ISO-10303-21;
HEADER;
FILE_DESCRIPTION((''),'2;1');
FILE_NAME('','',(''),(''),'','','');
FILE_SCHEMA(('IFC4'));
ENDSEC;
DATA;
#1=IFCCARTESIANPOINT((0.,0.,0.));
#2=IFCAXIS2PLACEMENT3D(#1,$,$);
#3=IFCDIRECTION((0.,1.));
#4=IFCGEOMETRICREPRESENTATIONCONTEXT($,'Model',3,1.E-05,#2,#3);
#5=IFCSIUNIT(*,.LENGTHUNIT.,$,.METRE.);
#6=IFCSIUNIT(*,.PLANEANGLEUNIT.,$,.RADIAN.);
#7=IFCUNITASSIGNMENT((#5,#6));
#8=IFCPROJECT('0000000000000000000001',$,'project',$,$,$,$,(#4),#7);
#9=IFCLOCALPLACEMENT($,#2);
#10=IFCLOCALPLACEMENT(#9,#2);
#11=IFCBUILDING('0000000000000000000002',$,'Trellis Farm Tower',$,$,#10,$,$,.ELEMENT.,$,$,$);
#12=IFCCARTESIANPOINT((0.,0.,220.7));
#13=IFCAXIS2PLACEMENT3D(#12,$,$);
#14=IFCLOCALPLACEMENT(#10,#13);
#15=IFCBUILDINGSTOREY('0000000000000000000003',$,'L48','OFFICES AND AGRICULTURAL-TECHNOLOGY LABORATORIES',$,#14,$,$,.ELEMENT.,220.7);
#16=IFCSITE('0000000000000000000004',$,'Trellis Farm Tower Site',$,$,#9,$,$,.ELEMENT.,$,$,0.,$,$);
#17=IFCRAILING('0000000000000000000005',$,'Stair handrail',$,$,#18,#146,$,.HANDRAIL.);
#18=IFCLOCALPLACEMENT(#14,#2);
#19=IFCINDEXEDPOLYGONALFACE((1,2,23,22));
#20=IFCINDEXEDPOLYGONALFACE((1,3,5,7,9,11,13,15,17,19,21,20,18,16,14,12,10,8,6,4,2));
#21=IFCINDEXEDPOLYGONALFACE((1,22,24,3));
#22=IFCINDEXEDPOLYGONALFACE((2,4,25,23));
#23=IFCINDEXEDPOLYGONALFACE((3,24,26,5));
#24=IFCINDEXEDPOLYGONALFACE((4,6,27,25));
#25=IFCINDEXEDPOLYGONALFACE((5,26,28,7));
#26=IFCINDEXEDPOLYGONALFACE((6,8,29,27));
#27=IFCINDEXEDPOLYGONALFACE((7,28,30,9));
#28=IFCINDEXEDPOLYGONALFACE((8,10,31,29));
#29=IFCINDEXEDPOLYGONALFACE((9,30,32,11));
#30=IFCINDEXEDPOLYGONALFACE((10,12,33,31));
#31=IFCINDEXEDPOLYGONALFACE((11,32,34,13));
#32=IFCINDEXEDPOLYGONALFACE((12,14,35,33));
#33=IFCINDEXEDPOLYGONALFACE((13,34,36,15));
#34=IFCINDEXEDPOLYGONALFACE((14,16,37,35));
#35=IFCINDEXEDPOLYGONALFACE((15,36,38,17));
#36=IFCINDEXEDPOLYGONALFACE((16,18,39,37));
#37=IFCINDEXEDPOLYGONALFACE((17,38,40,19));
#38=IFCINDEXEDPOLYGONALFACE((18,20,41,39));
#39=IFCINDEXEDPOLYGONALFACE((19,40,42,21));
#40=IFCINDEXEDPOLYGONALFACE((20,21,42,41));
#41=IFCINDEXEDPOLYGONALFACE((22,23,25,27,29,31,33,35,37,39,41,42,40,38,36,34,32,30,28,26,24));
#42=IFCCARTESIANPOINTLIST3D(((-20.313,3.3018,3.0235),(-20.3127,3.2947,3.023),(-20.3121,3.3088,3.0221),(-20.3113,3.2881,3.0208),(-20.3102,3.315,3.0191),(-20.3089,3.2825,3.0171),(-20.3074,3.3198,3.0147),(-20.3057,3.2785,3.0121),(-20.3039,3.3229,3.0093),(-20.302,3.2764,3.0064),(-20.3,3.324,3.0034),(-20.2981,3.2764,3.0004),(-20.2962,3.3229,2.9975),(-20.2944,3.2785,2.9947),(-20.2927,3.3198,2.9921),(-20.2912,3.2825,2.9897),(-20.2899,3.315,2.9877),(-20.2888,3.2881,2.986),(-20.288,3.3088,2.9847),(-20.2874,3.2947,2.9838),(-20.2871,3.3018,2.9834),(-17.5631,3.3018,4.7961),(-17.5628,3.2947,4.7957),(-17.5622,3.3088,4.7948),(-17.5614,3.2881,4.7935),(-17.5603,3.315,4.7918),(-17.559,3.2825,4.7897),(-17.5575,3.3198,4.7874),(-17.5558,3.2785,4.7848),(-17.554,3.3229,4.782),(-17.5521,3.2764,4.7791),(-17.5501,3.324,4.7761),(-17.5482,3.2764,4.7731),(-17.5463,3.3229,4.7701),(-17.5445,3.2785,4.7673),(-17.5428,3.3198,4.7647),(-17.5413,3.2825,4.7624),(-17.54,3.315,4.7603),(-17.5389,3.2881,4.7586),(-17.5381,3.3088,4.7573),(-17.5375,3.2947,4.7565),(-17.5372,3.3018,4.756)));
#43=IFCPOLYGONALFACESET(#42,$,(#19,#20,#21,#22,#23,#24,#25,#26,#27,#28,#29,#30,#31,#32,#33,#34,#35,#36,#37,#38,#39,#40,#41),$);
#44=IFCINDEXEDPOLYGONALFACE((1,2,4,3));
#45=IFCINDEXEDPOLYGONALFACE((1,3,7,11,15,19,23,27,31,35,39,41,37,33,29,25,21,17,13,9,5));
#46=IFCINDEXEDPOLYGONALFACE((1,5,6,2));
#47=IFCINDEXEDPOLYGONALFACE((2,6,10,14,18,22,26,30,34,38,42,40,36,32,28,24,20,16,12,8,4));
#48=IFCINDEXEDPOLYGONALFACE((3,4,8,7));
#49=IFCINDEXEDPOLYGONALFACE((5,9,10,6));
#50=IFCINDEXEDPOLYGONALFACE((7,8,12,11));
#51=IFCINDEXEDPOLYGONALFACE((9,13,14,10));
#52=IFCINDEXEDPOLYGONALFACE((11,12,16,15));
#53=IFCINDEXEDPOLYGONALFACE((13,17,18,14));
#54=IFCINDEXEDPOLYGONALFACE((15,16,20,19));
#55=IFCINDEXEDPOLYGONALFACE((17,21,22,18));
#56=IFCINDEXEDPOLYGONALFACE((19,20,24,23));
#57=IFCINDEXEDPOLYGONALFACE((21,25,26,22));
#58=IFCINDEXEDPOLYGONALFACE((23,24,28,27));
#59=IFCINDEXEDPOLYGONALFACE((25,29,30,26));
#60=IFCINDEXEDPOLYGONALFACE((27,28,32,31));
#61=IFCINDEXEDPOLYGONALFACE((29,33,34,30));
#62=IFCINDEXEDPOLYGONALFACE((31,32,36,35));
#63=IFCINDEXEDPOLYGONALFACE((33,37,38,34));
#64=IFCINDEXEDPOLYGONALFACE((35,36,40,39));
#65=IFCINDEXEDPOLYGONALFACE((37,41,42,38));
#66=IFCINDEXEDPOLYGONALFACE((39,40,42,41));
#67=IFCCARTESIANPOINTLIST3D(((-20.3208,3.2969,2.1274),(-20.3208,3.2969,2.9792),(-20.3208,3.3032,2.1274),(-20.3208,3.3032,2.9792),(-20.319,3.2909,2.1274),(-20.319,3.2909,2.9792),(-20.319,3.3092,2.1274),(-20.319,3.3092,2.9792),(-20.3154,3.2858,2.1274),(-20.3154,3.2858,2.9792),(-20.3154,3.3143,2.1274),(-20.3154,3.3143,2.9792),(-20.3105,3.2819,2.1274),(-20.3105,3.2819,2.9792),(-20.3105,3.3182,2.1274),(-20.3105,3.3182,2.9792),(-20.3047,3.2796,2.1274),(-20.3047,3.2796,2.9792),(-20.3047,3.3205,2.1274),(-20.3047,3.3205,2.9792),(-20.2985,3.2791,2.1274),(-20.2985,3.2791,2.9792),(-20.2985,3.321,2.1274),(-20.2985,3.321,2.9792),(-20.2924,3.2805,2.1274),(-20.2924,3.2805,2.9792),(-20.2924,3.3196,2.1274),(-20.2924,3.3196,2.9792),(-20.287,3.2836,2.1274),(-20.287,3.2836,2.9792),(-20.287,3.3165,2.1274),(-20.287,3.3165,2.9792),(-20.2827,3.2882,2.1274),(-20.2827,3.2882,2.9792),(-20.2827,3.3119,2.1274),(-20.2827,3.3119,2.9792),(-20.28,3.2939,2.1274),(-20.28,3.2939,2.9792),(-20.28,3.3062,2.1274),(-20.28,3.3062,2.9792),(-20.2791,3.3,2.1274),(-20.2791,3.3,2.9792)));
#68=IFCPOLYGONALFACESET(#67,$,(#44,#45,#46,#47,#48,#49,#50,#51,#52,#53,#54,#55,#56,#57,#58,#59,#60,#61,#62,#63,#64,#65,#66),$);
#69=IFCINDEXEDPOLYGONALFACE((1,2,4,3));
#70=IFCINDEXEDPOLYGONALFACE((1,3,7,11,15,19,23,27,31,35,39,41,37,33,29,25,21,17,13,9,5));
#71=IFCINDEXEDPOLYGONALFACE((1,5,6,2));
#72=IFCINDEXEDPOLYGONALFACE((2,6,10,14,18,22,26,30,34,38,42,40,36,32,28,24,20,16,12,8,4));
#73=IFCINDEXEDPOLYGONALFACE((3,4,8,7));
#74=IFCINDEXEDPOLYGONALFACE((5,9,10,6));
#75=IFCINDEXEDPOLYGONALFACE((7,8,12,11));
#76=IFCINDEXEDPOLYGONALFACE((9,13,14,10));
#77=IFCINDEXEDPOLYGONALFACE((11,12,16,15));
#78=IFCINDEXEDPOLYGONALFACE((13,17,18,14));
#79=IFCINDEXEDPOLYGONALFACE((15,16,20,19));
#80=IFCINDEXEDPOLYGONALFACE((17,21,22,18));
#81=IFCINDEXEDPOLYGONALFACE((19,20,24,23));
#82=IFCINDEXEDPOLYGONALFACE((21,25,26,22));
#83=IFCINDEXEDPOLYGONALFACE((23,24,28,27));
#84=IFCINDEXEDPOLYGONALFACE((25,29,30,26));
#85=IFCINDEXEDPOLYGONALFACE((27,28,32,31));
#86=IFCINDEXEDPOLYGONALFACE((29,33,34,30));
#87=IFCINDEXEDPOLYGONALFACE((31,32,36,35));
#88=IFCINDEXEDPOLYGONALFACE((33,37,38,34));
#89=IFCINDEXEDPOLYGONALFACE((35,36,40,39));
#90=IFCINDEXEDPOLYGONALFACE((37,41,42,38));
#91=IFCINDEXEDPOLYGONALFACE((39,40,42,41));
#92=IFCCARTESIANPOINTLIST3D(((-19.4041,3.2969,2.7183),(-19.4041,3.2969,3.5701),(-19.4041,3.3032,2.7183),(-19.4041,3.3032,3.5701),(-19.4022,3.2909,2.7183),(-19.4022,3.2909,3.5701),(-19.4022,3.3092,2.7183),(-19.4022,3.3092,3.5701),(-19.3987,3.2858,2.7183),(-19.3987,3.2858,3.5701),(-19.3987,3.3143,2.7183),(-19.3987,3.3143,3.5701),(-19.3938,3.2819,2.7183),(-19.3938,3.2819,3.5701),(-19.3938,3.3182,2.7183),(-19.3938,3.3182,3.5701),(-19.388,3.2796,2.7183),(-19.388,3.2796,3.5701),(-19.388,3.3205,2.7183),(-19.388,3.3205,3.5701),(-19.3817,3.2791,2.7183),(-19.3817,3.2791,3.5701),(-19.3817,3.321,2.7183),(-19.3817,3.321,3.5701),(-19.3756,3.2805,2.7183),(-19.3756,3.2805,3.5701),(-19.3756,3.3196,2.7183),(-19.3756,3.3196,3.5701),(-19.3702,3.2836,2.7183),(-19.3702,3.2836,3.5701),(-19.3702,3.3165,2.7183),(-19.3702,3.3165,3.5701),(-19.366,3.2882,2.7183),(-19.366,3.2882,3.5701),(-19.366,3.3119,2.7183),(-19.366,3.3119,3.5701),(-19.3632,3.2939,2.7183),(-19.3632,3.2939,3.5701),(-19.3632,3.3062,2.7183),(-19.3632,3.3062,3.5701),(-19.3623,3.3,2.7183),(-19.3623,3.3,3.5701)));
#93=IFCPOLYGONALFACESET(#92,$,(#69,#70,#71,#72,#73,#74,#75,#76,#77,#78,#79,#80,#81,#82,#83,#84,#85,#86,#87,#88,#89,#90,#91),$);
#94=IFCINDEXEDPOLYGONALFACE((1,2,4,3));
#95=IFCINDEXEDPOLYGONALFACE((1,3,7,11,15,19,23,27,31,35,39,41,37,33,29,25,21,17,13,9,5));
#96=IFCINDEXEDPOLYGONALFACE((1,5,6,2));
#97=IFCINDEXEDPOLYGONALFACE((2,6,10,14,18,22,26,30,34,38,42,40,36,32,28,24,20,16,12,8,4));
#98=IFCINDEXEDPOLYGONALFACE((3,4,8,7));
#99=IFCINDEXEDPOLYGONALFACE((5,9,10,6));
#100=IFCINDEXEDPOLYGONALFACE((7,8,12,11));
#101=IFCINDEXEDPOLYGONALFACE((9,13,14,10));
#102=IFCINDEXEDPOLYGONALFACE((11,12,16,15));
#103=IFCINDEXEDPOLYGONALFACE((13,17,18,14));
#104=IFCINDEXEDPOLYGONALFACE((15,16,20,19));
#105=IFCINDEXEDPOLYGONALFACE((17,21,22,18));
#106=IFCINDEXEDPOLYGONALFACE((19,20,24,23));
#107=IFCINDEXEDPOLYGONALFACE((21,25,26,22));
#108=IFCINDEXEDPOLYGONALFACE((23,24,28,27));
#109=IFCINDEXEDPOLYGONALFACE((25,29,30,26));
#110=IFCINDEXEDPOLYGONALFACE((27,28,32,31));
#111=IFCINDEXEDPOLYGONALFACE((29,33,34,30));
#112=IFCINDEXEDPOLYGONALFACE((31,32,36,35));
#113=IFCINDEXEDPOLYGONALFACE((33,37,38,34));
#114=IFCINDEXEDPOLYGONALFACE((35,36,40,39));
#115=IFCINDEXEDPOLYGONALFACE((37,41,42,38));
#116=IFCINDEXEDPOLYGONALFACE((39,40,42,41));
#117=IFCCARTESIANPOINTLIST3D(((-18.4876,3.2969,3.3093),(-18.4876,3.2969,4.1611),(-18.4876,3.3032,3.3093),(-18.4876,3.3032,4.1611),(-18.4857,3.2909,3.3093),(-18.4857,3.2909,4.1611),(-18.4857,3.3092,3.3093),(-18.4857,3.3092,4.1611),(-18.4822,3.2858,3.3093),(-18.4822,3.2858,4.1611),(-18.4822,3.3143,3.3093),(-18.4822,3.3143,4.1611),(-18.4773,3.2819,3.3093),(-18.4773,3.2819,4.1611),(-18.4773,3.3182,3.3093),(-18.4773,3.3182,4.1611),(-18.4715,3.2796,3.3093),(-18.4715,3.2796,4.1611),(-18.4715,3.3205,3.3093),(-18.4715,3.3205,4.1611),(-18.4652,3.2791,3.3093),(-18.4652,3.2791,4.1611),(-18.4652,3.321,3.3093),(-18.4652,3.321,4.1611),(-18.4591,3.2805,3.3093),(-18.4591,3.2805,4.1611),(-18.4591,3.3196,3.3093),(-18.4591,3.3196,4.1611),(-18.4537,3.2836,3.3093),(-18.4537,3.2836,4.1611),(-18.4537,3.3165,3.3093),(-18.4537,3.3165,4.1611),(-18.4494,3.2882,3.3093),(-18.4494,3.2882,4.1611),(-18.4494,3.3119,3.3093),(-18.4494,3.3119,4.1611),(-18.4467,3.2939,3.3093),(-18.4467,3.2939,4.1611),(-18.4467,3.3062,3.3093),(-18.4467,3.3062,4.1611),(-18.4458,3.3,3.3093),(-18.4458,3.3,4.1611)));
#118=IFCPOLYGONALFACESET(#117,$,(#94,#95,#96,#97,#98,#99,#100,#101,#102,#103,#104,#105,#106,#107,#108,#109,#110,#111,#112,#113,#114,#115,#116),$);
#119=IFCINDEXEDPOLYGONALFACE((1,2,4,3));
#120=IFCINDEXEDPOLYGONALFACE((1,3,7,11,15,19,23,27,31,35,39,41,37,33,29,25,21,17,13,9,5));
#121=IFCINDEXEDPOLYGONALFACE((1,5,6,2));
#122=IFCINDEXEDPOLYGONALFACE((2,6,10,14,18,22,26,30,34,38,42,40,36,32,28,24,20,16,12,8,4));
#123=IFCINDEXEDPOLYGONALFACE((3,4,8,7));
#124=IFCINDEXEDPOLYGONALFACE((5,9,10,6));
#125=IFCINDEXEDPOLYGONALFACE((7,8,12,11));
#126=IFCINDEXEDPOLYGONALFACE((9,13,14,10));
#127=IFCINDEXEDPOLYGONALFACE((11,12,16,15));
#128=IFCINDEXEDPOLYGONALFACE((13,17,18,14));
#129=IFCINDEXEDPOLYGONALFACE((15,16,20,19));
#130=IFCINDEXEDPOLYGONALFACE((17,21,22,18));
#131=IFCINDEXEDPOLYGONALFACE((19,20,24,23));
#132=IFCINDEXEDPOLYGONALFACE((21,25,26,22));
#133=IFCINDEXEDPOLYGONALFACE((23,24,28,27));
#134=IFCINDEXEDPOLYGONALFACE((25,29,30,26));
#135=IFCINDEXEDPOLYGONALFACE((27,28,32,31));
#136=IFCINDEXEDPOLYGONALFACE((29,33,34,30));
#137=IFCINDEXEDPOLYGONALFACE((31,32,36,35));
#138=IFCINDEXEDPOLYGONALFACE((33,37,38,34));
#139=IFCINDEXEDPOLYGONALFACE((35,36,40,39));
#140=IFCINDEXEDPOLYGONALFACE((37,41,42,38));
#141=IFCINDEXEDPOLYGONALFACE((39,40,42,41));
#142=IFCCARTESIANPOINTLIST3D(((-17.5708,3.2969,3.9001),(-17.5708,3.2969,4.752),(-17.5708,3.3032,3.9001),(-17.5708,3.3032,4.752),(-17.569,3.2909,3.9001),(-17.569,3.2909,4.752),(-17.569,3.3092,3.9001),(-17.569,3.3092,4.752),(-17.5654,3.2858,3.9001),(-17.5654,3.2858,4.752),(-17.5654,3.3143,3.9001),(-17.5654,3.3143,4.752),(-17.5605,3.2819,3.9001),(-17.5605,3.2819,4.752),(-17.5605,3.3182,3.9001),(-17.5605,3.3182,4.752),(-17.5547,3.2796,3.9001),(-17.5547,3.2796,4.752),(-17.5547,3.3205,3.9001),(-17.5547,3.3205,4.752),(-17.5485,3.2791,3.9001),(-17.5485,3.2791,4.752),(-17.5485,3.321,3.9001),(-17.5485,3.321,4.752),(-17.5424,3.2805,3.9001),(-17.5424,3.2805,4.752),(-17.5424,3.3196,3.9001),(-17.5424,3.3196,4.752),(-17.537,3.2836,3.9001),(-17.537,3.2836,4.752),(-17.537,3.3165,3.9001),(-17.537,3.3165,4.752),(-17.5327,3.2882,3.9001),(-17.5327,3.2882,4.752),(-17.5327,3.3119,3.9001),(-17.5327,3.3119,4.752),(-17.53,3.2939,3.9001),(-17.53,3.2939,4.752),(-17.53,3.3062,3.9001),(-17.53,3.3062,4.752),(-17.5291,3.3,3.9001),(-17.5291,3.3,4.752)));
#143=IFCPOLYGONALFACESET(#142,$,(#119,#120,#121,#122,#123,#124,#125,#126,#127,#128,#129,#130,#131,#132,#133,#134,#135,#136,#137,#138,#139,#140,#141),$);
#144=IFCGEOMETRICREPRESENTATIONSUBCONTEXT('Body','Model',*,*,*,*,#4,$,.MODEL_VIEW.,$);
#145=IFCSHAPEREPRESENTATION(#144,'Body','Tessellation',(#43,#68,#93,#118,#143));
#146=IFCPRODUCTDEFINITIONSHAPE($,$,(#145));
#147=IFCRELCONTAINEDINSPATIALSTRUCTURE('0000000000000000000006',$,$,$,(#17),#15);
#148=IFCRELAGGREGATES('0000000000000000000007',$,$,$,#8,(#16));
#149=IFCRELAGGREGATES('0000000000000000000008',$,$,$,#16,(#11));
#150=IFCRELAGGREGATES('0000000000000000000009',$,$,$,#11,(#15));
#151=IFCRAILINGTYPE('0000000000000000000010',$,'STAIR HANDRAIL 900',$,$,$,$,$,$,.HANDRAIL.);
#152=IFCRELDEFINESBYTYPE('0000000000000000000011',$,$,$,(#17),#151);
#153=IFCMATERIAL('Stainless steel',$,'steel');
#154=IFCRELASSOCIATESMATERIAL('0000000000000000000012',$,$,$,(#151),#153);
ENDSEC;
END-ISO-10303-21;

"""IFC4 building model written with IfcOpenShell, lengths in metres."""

from ifc_helpers import new_model, si_unit, direction, frame, origin, origin_2d, place, context, subcontext, project, spatial, circle, extrude, source, transform, mapped, material, type_object, element, save


model = new_model("IFC4")

# Units and contexts
model_context = context("Model", 3, precision=1e-05, world=origin(), true_north=direction((0.0, 1.0)))
body_context = subcontext(model_context, "Body", "Model", "MODEL_VIEW")
ifc_project = project(units=[si_unit("LENGTHUNIT", "METRE"), si_unit("PLANEANGLEUNIT", "RADIAN")], contexts=[model_context])

# Site, building, storey
site_placement = place(None, origin())
site = spatial("IfcSite", under=ifc_project, at=site_placement, Name="Trellis Farm Tower Site", CompositionType="ELEMENT", RefElevation=0.0)
building_placement = place(site_placement, origin())
building = spatial("IfcBuilding", under=site, at=building_placement, Name="Trellis Farm Tower", CompositionType="ELEMENT")
storey_placement = place(building_placement, frame((0.0, 0.0, 220.7)))
storey = spatial("IfcBuildingStorey", under=building, at=storey_placement, Name="L48", Description="OFFICES AND AGRICULTURAL-TECHNOLOGY LABORATORIES", CompositionType="ELEMENT", Elevation=220.7)

# Railing
ifc_material_1 = material(Name="Stainless steel", Category="steel")
railing_type = type_object("IfcRailingType", Name="STAIR HANDRAIL 900", PredefinedType="HANDRAIL", material=ifc_material_1)
shared_shape_1 = source(origin(), body_context, "Body", "SweptSolid", [
    extrude(circle(Radius=0.0239, at=origin_2d()), frame((0.0, 0.0, 0.876), z_axis=(0.840504, 0.0, 0.541806), x_axis=(0.0, 1.0, 0.0)), (0.0, 0.0, 1.0), 3.2717),
    extrude(circle(Radius=0.021, at=origin_2d()), origin(), (0.0, 0.0, 1.0), 0.8518),
    extrude(circle(Radius=0.021, at=origin_2d()), frame((0.9167, 0.0, 0.5908)), (0.0, 0.0, 1.0), 0.8518),
    extrude(circle(Radius=0.021, at=origin_2d()), frame((1.8333, 0.0, 1.1819)), (0.0, 0.0, 1.0), 0.8518),
    extrude(circle(Radius=0.021, at=origin_2d()), frame((2.75, 0.0, 1.7727)), (0.0, 0.0, 1.0), 0.8518),
])
for number, where, name in (
    (1, (-20.3, 3.3, 2.1274), "Stair handrail"),
):
    element("IfcRailing", number, at=place(storey_placement, frame(where)), inside=storey, type_object=railing_type, Name=name, PredefinedType="HANDRAIL", context=body_context, shape_type="MappedRepresentation", body=[
        mapped(shared_shape_1, transform((0.0, 0.0, 0.0))),
    ])

save(model, "model.ifc")
